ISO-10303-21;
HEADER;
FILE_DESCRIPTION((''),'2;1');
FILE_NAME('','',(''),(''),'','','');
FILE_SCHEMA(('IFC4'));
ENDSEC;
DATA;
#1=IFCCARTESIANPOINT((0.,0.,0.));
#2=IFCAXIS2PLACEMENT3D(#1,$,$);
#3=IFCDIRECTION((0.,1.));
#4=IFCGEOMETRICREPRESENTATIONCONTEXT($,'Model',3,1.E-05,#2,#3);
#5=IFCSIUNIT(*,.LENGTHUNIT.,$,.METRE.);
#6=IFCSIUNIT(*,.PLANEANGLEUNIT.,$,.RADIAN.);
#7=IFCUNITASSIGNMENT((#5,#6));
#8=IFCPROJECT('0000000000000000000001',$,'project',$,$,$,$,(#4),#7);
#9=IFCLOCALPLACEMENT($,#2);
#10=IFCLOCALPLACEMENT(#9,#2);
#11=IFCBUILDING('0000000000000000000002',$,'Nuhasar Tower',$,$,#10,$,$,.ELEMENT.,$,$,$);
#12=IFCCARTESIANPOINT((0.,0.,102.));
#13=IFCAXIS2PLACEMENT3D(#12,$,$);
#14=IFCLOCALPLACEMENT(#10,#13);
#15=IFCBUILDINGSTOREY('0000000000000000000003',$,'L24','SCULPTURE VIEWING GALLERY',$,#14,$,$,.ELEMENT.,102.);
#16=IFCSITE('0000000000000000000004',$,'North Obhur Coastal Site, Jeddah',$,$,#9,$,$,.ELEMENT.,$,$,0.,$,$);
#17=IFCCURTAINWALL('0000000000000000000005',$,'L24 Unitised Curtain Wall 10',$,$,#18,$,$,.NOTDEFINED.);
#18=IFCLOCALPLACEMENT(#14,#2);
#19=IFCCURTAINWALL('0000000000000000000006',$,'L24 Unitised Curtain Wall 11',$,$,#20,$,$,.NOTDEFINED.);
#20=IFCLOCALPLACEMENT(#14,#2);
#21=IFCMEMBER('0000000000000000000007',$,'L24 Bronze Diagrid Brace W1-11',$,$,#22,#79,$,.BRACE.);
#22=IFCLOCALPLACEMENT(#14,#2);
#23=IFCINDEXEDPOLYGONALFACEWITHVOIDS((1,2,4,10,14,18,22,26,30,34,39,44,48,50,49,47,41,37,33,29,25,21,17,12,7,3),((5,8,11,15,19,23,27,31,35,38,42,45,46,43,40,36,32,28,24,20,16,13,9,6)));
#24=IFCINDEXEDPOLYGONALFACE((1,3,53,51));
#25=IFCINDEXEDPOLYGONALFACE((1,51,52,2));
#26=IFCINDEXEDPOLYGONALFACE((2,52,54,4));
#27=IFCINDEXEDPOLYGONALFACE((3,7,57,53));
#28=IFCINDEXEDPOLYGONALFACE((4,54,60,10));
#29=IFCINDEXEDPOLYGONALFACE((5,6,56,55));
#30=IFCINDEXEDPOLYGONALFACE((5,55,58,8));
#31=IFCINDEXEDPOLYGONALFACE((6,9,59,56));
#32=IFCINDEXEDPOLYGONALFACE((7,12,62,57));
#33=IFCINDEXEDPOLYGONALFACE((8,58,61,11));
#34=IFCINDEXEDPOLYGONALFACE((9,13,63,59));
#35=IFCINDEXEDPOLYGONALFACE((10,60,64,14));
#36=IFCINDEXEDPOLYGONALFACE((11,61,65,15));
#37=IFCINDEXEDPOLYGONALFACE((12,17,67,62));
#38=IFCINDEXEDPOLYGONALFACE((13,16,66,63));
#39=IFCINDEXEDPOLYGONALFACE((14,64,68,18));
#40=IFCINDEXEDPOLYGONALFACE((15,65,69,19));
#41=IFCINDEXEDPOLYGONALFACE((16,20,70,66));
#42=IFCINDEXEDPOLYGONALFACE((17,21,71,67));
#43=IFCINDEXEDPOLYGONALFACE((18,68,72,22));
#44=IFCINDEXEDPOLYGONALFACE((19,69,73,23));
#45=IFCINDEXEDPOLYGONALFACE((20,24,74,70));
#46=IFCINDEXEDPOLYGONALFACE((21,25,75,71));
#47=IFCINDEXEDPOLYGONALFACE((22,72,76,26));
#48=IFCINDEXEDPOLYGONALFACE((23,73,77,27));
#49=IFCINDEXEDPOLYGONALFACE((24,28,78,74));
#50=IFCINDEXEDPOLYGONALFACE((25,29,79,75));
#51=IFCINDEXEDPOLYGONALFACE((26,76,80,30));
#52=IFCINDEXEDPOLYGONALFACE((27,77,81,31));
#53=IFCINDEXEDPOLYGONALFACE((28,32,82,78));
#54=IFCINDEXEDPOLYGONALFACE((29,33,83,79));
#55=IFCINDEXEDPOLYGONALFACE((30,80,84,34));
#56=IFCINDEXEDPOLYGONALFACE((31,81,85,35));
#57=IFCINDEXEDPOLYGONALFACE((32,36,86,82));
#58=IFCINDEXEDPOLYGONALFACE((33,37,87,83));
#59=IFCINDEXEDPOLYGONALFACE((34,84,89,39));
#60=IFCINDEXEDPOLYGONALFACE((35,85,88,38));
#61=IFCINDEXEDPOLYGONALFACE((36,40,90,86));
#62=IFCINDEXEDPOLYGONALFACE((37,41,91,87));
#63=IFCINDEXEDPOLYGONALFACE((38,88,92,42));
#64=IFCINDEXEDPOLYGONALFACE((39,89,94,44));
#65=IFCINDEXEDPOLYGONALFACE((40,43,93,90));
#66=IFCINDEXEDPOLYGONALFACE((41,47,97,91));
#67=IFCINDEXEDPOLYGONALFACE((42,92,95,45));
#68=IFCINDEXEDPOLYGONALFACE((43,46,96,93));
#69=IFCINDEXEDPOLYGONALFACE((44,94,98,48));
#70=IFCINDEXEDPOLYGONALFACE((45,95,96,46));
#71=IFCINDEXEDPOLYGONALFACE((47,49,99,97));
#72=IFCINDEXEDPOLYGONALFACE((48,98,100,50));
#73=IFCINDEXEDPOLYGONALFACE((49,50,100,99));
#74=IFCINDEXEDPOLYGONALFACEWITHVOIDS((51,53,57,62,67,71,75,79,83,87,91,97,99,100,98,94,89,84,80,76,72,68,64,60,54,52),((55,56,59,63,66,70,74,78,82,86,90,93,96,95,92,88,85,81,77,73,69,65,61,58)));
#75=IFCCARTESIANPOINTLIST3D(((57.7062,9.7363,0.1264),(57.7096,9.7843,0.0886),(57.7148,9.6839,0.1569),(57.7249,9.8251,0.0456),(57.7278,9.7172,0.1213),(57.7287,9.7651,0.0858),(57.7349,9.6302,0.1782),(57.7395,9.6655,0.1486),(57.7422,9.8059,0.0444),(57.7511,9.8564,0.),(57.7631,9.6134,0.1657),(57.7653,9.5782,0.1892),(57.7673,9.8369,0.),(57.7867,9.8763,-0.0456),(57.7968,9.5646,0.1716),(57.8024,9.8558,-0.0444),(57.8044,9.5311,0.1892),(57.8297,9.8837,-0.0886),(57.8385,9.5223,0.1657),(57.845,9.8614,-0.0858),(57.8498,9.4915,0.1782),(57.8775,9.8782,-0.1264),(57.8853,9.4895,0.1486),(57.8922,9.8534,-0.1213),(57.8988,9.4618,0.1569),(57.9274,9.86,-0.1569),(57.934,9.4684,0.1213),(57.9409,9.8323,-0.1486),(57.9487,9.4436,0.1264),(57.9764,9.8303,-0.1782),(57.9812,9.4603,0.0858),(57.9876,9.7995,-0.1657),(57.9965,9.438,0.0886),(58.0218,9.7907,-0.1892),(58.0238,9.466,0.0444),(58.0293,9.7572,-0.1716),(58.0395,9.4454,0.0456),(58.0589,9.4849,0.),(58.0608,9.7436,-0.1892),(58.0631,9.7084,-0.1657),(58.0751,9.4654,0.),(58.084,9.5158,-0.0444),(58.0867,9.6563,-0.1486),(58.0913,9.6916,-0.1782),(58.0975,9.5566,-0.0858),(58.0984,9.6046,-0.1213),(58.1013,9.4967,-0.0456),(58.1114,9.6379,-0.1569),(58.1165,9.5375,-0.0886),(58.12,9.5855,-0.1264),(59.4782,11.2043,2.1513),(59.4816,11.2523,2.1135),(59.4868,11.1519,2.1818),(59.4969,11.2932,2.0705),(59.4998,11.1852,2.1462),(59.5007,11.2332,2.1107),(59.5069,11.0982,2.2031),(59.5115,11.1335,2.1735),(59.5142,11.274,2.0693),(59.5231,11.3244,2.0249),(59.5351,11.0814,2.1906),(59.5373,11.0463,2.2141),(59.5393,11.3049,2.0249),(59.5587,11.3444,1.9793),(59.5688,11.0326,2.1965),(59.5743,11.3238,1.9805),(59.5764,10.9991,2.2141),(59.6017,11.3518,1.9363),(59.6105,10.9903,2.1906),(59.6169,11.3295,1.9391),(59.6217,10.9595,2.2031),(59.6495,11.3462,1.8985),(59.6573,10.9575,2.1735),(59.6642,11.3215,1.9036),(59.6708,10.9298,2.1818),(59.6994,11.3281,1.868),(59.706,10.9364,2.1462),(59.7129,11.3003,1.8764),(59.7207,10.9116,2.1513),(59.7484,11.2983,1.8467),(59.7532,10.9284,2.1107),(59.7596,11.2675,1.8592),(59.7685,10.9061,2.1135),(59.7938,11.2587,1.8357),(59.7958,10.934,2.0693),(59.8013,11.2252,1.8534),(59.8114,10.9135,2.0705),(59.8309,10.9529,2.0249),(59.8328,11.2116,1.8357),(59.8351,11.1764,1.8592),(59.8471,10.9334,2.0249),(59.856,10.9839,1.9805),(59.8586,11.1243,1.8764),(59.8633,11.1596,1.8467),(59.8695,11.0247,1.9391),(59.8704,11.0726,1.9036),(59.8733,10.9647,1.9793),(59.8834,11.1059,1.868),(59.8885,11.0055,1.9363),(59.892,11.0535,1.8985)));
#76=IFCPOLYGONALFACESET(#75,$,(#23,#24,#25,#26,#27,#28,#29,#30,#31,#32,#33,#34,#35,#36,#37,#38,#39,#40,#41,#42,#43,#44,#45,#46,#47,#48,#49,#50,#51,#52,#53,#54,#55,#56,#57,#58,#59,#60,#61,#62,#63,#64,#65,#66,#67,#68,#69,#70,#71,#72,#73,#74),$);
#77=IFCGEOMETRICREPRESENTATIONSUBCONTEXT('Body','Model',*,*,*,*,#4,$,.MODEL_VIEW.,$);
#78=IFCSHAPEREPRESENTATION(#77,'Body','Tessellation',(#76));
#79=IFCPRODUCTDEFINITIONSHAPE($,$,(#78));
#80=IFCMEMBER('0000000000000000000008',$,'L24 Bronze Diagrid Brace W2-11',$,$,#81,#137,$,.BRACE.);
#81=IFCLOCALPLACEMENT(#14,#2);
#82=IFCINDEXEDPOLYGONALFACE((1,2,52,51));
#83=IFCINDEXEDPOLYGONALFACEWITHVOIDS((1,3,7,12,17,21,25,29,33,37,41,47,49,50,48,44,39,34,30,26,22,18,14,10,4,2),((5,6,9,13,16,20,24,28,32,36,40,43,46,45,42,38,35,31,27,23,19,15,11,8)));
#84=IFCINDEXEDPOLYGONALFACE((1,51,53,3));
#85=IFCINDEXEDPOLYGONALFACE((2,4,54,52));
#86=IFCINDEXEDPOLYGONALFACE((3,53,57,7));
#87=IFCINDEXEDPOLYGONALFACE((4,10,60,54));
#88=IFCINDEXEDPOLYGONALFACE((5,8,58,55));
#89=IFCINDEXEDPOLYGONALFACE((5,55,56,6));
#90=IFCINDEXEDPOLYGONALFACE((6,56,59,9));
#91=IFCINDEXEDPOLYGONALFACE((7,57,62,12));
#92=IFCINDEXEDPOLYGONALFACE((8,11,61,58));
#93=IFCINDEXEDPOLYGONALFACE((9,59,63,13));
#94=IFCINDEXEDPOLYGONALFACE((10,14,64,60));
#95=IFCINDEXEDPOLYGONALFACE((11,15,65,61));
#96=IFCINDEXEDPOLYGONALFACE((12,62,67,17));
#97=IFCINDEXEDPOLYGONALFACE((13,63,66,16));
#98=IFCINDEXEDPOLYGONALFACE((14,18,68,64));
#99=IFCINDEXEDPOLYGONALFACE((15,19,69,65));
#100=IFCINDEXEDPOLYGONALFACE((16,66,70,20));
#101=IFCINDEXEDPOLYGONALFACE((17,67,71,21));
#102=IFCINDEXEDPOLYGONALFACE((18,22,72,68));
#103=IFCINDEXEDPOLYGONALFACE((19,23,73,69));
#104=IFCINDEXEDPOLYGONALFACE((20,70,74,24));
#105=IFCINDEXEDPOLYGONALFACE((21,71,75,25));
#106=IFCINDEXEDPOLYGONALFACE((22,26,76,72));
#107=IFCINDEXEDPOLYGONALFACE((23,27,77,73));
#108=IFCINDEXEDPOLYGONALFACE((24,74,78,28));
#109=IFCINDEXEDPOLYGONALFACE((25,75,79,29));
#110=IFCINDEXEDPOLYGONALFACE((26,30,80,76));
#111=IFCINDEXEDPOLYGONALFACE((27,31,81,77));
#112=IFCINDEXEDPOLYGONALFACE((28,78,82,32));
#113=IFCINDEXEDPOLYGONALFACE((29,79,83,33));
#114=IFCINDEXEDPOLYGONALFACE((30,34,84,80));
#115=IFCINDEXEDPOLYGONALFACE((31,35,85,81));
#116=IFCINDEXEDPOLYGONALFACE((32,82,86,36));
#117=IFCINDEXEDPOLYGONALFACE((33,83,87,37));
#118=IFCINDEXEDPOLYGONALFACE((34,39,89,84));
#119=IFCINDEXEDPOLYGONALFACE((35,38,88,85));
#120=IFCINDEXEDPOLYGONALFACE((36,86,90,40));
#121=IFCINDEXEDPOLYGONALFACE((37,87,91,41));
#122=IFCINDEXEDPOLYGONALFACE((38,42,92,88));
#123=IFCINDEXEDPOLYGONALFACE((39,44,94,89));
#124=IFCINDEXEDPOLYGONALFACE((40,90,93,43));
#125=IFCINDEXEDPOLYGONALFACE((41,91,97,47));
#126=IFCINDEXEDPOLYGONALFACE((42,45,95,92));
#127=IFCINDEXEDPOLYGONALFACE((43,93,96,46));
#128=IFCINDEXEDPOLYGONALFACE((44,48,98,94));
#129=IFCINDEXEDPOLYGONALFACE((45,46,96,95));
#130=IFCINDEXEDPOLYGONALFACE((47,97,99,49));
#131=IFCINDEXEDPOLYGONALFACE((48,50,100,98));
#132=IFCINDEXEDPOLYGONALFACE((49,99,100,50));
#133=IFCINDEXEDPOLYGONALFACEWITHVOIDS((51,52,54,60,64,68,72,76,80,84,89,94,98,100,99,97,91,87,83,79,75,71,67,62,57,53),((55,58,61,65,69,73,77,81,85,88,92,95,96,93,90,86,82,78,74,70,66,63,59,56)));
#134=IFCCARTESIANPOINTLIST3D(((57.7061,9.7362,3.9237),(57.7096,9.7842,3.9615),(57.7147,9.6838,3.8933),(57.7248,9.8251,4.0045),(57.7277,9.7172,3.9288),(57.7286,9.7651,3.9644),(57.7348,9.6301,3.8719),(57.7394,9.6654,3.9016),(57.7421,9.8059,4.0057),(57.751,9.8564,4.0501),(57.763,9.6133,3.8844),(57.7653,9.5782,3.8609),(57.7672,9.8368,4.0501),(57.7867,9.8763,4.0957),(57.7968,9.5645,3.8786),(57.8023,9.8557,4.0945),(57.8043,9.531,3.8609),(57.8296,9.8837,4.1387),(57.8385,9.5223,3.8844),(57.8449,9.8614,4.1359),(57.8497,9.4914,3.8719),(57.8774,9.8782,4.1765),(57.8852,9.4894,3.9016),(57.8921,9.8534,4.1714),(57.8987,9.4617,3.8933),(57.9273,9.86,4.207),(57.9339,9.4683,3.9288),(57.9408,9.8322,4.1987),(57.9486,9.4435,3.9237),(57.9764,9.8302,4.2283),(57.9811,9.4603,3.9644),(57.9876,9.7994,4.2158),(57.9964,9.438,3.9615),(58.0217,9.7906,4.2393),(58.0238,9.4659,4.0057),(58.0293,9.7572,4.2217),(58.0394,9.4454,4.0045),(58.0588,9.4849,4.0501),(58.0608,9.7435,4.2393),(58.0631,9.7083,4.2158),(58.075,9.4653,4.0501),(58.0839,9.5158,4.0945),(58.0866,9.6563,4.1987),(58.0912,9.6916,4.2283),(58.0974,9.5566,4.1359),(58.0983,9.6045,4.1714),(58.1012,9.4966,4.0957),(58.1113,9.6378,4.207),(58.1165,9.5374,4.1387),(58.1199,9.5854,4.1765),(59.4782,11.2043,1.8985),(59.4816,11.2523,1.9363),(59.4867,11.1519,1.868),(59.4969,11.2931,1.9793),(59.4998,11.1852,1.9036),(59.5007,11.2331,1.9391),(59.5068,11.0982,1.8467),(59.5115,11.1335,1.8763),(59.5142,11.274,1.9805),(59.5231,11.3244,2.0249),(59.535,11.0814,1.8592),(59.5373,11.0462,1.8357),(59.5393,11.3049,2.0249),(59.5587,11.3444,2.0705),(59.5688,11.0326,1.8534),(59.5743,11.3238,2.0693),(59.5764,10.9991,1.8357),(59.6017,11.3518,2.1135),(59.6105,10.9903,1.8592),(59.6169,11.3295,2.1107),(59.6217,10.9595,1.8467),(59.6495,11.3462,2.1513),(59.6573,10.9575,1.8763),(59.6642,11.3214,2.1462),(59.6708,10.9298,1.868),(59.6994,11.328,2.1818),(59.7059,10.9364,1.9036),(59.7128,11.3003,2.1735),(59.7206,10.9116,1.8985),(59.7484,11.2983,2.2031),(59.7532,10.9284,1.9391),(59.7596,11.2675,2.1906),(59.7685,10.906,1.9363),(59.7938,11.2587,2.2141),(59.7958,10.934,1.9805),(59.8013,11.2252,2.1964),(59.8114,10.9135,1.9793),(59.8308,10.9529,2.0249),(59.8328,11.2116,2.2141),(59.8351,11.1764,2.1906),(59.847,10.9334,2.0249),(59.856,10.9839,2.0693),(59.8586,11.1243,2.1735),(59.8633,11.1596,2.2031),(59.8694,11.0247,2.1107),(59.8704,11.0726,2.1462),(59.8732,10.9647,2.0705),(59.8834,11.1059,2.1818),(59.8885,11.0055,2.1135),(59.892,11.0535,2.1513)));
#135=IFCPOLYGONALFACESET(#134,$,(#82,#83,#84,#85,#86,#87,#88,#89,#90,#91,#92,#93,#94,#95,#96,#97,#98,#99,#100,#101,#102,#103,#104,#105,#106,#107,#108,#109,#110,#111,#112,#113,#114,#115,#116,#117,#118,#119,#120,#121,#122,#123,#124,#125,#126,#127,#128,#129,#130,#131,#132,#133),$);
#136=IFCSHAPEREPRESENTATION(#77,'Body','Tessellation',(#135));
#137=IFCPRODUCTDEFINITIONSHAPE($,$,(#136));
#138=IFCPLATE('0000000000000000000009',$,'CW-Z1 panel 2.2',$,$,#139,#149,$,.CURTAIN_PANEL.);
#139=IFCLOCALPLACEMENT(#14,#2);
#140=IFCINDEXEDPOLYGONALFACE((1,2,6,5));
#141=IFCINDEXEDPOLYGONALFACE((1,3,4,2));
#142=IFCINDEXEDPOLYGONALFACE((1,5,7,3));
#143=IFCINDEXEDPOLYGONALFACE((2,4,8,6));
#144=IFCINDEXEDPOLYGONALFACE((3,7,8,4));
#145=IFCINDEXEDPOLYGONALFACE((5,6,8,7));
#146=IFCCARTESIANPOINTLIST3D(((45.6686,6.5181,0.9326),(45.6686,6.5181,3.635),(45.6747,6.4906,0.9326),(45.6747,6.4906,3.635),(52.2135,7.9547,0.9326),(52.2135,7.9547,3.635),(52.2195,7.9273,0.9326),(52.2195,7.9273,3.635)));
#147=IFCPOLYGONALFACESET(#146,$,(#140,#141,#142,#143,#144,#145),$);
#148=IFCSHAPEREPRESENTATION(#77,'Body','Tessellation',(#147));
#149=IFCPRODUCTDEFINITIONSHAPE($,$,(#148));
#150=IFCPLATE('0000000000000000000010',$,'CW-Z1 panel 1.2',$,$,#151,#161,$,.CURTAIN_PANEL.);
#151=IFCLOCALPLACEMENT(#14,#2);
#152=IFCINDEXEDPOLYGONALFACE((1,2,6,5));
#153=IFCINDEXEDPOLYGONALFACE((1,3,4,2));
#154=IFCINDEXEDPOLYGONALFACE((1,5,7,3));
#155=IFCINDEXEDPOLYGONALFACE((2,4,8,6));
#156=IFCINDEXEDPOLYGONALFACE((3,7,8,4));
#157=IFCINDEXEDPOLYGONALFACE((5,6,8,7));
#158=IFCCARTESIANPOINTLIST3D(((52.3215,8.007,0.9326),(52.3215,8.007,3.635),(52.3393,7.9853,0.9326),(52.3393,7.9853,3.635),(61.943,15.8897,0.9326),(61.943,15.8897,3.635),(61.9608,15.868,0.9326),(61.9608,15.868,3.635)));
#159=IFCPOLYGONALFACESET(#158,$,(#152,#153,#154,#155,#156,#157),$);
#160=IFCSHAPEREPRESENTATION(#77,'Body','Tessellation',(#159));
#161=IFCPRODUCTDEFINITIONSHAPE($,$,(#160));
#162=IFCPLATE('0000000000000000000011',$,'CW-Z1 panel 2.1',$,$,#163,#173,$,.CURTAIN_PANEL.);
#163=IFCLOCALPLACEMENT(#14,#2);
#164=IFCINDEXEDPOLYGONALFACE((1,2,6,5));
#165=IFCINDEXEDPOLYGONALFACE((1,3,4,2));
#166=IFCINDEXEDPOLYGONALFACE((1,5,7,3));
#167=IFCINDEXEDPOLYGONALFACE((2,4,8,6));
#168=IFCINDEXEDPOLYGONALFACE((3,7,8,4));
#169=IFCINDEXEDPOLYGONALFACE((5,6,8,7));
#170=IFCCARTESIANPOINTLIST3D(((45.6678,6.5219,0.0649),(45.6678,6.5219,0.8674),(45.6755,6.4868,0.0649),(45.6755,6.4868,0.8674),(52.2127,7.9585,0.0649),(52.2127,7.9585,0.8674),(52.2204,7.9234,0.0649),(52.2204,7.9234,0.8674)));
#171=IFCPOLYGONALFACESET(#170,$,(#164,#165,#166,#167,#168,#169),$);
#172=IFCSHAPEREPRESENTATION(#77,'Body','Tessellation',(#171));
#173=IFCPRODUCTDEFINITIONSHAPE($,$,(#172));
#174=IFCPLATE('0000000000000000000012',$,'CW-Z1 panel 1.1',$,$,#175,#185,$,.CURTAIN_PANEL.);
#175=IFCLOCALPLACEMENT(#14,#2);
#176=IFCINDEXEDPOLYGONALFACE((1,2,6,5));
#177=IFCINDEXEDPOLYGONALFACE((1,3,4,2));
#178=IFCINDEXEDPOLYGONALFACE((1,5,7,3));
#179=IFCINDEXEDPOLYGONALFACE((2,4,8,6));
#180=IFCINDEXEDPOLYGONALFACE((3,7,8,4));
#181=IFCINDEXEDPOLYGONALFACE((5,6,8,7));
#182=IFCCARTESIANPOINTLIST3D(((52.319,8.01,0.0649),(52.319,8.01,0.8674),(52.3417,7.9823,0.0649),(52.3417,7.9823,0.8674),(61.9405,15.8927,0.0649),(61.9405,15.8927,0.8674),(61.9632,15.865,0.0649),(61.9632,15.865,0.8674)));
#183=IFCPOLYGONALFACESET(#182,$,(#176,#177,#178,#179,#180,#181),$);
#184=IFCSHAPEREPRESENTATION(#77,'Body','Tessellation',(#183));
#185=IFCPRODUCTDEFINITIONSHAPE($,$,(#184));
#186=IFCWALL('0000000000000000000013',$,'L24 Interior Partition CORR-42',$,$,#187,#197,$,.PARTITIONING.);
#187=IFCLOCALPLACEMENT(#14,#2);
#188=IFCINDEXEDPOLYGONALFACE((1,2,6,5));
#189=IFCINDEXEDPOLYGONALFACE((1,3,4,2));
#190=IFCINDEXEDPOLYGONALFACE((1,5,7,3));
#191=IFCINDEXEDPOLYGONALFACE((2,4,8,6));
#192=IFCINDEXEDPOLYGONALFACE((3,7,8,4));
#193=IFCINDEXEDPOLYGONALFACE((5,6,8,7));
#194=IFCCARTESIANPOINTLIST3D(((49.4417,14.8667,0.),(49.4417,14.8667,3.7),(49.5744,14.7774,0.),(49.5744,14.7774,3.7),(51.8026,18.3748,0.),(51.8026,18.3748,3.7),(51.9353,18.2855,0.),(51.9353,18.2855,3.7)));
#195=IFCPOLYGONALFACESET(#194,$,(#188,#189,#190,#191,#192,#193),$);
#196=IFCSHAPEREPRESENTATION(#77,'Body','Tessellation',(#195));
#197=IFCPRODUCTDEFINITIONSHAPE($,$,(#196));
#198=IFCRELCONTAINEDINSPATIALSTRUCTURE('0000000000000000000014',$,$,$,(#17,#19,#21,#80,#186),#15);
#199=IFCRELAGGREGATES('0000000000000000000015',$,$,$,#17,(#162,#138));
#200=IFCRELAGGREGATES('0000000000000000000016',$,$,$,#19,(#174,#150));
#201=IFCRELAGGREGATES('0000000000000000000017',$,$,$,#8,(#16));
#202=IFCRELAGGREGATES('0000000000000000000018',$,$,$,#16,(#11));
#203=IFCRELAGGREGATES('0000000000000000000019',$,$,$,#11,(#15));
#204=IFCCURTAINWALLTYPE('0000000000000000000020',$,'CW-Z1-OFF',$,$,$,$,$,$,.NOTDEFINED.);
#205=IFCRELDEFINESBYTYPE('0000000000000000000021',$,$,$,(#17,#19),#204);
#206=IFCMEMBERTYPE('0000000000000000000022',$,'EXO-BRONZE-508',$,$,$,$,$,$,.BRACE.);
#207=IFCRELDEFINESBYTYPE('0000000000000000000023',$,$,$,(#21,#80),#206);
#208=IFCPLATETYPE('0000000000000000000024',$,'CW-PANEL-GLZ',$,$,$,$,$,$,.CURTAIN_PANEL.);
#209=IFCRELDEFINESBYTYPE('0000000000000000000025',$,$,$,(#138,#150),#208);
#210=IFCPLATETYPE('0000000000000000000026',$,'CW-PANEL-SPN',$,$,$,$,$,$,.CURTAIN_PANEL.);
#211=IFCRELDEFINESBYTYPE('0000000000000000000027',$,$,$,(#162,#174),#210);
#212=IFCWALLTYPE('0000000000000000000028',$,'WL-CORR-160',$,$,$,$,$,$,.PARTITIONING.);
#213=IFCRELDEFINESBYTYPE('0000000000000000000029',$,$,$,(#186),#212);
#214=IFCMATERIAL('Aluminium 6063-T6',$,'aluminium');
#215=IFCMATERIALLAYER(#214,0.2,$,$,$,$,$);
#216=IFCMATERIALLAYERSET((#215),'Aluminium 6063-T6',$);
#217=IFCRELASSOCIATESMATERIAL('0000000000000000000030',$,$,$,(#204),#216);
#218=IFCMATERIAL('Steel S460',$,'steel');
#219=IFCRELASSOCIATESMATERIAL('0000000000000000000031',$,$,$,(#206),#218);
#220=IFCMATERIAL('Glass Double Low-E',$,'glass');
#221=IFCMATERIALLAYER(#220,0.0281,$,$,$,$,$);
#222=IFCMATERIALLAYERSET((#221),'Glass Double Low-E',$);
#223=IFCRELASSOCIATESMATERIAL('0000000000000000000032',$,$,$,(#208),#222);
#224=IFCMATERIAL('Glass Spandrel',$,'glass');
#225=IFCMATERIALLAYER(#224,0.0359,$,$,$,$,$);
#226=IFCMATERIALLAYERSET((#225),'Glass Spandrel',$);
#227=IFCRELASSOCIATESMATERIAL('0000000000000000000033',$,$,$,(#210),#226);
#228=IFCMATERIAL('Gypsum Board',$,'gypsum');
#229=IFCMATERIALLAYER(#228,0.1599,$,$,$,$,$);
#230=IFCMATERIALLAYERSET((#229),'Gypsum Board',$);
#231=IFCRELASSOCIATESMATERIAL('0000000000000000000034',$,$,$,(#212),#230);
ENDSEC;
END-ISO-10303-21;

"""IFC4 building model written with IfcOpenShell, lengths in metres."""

from ifc_helpers import new_model, si_unit, direction, frame, frame_2d, origin, origin_2d, place, context, subcontext, project, spatial, rectangle, hollow_circle, extrude, material, layer, layer_set, material_profile, profile_set, type_object, element, aggregate, save


model = new_model("IFC4")

# Units and contexts
model_context = context("Model", 3, precision=1e-05, world=origin(), true_north=direction((0.0, 1.0)))
body_context = subcontext(model_context, "Body", "Model", "MODEL_VIEW")
ifc_project = project(units=[si_unit("LENGTHUNIT", "METRE"), si_unit("PLANEANGLEUNIT", "RADIAN")], contexts=[model_context])

# Site, building, storey
site_placement = place(None, origin())
site = spatial("IfcSite", under=ifc_project, at=site_placement, Name="North Obhur Coastal Site, Jeddah", CompositionType="ELEMENT", RefElevation=0.0)
building_placement = place(site_placement, origin())
building = spatial("IfcBuilding", under=site, at=building_placement, Name="Nuhasar Tower", CompositionType="ELEMENT")
storey_placement = place(building_placement, frame((0.0, 0.0, 102.0)))
storey = spatial("IfcBuildingStorey", under=building, at=storey_placement, Name="L24", Description="SCULPTURE VIEWING GALLERY", CompositionType="ELEMENT", Elevation=102.0)

# Curtain wall
ifc_material_1 = material(Name="Aluminium 6063-T6", Category="aluminium")
ifc_layer_1 = layer(ifc_material_1, 0.2)
ifc_layer_set_1 = layer_set([ifc_layer_1], Name="Aluminium 6063-T6")
curtain_wall_type = type_object("IfcCurtainWallType", Name="CW-Z1-OFF", PredefinedType="NOTDEFINED", material=ifc_layer_set_1)
curtain_wall_1_placement = place(storey_placement, origin())
curtain_wall_1 = element("IfcCurtainWall", 1, at=curtain_wall_1_placement, inside=storey, type_object=curtain_wall_type, Name="L24 Unitised Curtain Wall 10", PredefinedType="NOTDEFINED")

# Curtain wall
curtain_wall_2_placement = place(storey_placement, origin())
curtain_wall_2 = element("IfcCurtainWall", 2, at=curtain_wall_2_placement, inside=storey, type_object=curtain_wall_type, Name="L24 Unitised Curtain Wall 11", PredefinedType="NOTDEFINED")

# Members
ifc_material_2 = material(Name="Steel S460", Category="steel")
ifc_material_profile_1 = material_profile(ifc_material_2, hollow_circle(Radius=0.2539, WallThickness=0.0254, at=origin_2d()), Name="HSS508X25.4")
ifc_profile_set_1 = profile_set([ifc_material_profile_1], Name="Steel S460")
member_type_1 = type_object("IfcMemberType", Name="EXO-BRONZE-508", PredefinedType="BRACE", material=ifc_profile_set_1)
for number, where, z_axis, x_axis, name in (
    (3, (57.9131, 9.6609, 0.0), (0.578102, 0.478937, 0.660619), (-0.637969, 0.770062, 0.0), "L24 Bronze Diagrid Brace W1-11"),
):
    element("IfcMember", number, at=place(storey_placement, frame(where, z_axis=z_axis, x_axis=x_axis)), inside=storey, type_object=member_type_1, Name=name, PredefinedType="BRACE", context=body_context, shape_type="SweptSolid", body=[
        extrude(hollow_circle(Radius=0.2539, WallThickness=0.0254, at=origin_2d()), origin(), (0.0, 0.0, 1.0), 3.0652),
    ])
member_1_placement = place(storey_placement, frame((59.6851, 11.1289, 2.0249), z_axis=(-0.578071, -0.478912, 0.660664), x_axis=(0.637969, -0.770062, 0.0)))
element("IfcMember", 4, at=member_1_placement, inside=storey, type_object=member_type_1, Name="L24 Bronze Diagrid Brace W2-11", PredefinedType="BRACE", context=body_context, shape_type="SweptSolid", body=[
    extrude(hollow_circle(Radius=0.2539, WallThickness=0.0254, at=origin_2d()), origin(), (0.0, 0.0, 1.0), 3.0654),
])

# Plates
ifc_material_3 = material(Name="Glass Double Low-E", Category="glass")
ifc_layer_2 = layer(ifc_material_3, 0.0281)
ifc_layer_set_2 = layer_set([ifc_layer_2], Name="Glass Double Low-E")
plate_type_1 = type_object("IfcPlateType", Name="CW-PANEL-GLZ", PredefinedType="CURTAIN_PANEL", material=ifc_layer_set_2)
plate_1_placement = place(storey_placement, frame((48.9441, 7.2227, 0.9326), z_axis=(0.0, 0.0, 1.0), x_axis=(0.976746, 0.214399, 0.0)))
plate_1 = element("IfcPlate", 5, at=plate_1_placement, type_object=plate_type_1, Name="CW-Z1 panel 2.2", PredefinedType="CURTAIN_PANEL", context=body_context, shape_type="SweptSolid", body=[
    extrude(rectangle(XDim=6.7007, YDim=0.0281, at=origin_2d()), origin(), (0.0, 0.0, 1.0), 2.7024),
])
plate_2_placement = place(storey_placement, frame((57.1411, 11.9375, 0.9326), z_axis=(0.0, 0.0, 1.0), x_axis=(0.773542, 0.633745, 0.0)))
plate_2 = element("IfcPlate", 6, at=plate_2_placement, type_object=plate_type_1, Name="CW-Z1 panel 1.2", PredefinedType="CURTAIN_PANEL", context=body_context, shape_type="SweptSolid", body=[
    extrude(rectangle(XDim=12.4382, YDim=0.0281, at=origin_2d()), origin(), (0.0, 0.0, 1.0), 2.7024),
])
ifc_material_4 = material(Name="Glass Spandrel", Category="glass")
ifc_layer_3 = layer(ifc_material_4, 0.0359)
ifc_layer_set_3 = layer_set([ifc_layer_3], Name="Glass Spandrel")
plate_type_2 = type_object("IfcPlateType", Name="CW-PANEL-SPN", PredefinedType="CURTAIN_PANEL", material=ifc_layer_set_3)
plate_3_placement = place(storey_placement, frame((48.9441, 7.2227, 0.0649), z_axis=(0.0, 0.0, 1.0), x_axis=(0.976746, 0.214399, 0.0)))
plate_3 = element("IfcPlate", 7, at=plate_3_placement, type_object=plate_type_2, Name="CW-Z1 panel 2.1", PredefinedType="CURTAIN_PANEL", context=body_context, shape_type="SweptSolid", body=[
    extrude(rectangle(XDim=6.7007, YDim=0.0359, at=origin_2d()), origin(), (0.0, 0.0, 1.0), 0.8025),
])
aggregate(curtain_wall_1, [plate_3, plate_1])
plate_4_placement = place(storey_placement, frame((57.1411, 11.9375, 0.0649), z_axis=(0.0, 0.0, 1.0), x_axis=(0.773542, 0.633745, 0.0)))
plate_4 = element("IfcPlate", 8, at=plate_4_placement, type_object=plate_type_2, Name="CW-Z1 panel 1.1", PredefinedType="CURTAIN_PANEL", context=body_context, shape_type="SweptSolid", body=[
    extrude(rectangle(XDim=12.4382, YDim=0.0359, at=origin_2d()), origin(), (0.0, 0.0, 1.0), 0.8025),
])
aggregate(curtain_wall_2, [plate_4, plate_2])

# Wall
ifc_material_5 = material(Name="Gypsum Board", Category="gypsum")
ifc_layer_4 = layer(ifc_material_5, 0.1599)
ifc_layer_set_4 = layer_set([ifc_layer_4], Name="Gypsum Board")
wall_type_1 = type_object("IfcWallType", Name="WL-CORR-160", PredefinedType="PARTITIONING", material=ifc_layer_set_4)
wall_1_placement = place(storey_placement, frame((49.5081, 14.822, 0.0), z_axis=(0.0, 0.0, 1.0), x_axis=(0.558319, 0.829626, 0.0)))
element("IfcWall", 9, at=wall_1_placement, inside=storey, type_object=wall_type_1, Name="L24 Interior Partition CORR-42", PredefinedType="PARTITIONING", context=body_context, shape_type="SweptSolid", body=[
    extrude(rectangle(XDim=4.2285, YDim=0.1599, at=frame_2d((2.1143, 0.0))), origin(), (0.0, 0.0, 1.0), 3.7),
])

save(model, "model.ifc")
